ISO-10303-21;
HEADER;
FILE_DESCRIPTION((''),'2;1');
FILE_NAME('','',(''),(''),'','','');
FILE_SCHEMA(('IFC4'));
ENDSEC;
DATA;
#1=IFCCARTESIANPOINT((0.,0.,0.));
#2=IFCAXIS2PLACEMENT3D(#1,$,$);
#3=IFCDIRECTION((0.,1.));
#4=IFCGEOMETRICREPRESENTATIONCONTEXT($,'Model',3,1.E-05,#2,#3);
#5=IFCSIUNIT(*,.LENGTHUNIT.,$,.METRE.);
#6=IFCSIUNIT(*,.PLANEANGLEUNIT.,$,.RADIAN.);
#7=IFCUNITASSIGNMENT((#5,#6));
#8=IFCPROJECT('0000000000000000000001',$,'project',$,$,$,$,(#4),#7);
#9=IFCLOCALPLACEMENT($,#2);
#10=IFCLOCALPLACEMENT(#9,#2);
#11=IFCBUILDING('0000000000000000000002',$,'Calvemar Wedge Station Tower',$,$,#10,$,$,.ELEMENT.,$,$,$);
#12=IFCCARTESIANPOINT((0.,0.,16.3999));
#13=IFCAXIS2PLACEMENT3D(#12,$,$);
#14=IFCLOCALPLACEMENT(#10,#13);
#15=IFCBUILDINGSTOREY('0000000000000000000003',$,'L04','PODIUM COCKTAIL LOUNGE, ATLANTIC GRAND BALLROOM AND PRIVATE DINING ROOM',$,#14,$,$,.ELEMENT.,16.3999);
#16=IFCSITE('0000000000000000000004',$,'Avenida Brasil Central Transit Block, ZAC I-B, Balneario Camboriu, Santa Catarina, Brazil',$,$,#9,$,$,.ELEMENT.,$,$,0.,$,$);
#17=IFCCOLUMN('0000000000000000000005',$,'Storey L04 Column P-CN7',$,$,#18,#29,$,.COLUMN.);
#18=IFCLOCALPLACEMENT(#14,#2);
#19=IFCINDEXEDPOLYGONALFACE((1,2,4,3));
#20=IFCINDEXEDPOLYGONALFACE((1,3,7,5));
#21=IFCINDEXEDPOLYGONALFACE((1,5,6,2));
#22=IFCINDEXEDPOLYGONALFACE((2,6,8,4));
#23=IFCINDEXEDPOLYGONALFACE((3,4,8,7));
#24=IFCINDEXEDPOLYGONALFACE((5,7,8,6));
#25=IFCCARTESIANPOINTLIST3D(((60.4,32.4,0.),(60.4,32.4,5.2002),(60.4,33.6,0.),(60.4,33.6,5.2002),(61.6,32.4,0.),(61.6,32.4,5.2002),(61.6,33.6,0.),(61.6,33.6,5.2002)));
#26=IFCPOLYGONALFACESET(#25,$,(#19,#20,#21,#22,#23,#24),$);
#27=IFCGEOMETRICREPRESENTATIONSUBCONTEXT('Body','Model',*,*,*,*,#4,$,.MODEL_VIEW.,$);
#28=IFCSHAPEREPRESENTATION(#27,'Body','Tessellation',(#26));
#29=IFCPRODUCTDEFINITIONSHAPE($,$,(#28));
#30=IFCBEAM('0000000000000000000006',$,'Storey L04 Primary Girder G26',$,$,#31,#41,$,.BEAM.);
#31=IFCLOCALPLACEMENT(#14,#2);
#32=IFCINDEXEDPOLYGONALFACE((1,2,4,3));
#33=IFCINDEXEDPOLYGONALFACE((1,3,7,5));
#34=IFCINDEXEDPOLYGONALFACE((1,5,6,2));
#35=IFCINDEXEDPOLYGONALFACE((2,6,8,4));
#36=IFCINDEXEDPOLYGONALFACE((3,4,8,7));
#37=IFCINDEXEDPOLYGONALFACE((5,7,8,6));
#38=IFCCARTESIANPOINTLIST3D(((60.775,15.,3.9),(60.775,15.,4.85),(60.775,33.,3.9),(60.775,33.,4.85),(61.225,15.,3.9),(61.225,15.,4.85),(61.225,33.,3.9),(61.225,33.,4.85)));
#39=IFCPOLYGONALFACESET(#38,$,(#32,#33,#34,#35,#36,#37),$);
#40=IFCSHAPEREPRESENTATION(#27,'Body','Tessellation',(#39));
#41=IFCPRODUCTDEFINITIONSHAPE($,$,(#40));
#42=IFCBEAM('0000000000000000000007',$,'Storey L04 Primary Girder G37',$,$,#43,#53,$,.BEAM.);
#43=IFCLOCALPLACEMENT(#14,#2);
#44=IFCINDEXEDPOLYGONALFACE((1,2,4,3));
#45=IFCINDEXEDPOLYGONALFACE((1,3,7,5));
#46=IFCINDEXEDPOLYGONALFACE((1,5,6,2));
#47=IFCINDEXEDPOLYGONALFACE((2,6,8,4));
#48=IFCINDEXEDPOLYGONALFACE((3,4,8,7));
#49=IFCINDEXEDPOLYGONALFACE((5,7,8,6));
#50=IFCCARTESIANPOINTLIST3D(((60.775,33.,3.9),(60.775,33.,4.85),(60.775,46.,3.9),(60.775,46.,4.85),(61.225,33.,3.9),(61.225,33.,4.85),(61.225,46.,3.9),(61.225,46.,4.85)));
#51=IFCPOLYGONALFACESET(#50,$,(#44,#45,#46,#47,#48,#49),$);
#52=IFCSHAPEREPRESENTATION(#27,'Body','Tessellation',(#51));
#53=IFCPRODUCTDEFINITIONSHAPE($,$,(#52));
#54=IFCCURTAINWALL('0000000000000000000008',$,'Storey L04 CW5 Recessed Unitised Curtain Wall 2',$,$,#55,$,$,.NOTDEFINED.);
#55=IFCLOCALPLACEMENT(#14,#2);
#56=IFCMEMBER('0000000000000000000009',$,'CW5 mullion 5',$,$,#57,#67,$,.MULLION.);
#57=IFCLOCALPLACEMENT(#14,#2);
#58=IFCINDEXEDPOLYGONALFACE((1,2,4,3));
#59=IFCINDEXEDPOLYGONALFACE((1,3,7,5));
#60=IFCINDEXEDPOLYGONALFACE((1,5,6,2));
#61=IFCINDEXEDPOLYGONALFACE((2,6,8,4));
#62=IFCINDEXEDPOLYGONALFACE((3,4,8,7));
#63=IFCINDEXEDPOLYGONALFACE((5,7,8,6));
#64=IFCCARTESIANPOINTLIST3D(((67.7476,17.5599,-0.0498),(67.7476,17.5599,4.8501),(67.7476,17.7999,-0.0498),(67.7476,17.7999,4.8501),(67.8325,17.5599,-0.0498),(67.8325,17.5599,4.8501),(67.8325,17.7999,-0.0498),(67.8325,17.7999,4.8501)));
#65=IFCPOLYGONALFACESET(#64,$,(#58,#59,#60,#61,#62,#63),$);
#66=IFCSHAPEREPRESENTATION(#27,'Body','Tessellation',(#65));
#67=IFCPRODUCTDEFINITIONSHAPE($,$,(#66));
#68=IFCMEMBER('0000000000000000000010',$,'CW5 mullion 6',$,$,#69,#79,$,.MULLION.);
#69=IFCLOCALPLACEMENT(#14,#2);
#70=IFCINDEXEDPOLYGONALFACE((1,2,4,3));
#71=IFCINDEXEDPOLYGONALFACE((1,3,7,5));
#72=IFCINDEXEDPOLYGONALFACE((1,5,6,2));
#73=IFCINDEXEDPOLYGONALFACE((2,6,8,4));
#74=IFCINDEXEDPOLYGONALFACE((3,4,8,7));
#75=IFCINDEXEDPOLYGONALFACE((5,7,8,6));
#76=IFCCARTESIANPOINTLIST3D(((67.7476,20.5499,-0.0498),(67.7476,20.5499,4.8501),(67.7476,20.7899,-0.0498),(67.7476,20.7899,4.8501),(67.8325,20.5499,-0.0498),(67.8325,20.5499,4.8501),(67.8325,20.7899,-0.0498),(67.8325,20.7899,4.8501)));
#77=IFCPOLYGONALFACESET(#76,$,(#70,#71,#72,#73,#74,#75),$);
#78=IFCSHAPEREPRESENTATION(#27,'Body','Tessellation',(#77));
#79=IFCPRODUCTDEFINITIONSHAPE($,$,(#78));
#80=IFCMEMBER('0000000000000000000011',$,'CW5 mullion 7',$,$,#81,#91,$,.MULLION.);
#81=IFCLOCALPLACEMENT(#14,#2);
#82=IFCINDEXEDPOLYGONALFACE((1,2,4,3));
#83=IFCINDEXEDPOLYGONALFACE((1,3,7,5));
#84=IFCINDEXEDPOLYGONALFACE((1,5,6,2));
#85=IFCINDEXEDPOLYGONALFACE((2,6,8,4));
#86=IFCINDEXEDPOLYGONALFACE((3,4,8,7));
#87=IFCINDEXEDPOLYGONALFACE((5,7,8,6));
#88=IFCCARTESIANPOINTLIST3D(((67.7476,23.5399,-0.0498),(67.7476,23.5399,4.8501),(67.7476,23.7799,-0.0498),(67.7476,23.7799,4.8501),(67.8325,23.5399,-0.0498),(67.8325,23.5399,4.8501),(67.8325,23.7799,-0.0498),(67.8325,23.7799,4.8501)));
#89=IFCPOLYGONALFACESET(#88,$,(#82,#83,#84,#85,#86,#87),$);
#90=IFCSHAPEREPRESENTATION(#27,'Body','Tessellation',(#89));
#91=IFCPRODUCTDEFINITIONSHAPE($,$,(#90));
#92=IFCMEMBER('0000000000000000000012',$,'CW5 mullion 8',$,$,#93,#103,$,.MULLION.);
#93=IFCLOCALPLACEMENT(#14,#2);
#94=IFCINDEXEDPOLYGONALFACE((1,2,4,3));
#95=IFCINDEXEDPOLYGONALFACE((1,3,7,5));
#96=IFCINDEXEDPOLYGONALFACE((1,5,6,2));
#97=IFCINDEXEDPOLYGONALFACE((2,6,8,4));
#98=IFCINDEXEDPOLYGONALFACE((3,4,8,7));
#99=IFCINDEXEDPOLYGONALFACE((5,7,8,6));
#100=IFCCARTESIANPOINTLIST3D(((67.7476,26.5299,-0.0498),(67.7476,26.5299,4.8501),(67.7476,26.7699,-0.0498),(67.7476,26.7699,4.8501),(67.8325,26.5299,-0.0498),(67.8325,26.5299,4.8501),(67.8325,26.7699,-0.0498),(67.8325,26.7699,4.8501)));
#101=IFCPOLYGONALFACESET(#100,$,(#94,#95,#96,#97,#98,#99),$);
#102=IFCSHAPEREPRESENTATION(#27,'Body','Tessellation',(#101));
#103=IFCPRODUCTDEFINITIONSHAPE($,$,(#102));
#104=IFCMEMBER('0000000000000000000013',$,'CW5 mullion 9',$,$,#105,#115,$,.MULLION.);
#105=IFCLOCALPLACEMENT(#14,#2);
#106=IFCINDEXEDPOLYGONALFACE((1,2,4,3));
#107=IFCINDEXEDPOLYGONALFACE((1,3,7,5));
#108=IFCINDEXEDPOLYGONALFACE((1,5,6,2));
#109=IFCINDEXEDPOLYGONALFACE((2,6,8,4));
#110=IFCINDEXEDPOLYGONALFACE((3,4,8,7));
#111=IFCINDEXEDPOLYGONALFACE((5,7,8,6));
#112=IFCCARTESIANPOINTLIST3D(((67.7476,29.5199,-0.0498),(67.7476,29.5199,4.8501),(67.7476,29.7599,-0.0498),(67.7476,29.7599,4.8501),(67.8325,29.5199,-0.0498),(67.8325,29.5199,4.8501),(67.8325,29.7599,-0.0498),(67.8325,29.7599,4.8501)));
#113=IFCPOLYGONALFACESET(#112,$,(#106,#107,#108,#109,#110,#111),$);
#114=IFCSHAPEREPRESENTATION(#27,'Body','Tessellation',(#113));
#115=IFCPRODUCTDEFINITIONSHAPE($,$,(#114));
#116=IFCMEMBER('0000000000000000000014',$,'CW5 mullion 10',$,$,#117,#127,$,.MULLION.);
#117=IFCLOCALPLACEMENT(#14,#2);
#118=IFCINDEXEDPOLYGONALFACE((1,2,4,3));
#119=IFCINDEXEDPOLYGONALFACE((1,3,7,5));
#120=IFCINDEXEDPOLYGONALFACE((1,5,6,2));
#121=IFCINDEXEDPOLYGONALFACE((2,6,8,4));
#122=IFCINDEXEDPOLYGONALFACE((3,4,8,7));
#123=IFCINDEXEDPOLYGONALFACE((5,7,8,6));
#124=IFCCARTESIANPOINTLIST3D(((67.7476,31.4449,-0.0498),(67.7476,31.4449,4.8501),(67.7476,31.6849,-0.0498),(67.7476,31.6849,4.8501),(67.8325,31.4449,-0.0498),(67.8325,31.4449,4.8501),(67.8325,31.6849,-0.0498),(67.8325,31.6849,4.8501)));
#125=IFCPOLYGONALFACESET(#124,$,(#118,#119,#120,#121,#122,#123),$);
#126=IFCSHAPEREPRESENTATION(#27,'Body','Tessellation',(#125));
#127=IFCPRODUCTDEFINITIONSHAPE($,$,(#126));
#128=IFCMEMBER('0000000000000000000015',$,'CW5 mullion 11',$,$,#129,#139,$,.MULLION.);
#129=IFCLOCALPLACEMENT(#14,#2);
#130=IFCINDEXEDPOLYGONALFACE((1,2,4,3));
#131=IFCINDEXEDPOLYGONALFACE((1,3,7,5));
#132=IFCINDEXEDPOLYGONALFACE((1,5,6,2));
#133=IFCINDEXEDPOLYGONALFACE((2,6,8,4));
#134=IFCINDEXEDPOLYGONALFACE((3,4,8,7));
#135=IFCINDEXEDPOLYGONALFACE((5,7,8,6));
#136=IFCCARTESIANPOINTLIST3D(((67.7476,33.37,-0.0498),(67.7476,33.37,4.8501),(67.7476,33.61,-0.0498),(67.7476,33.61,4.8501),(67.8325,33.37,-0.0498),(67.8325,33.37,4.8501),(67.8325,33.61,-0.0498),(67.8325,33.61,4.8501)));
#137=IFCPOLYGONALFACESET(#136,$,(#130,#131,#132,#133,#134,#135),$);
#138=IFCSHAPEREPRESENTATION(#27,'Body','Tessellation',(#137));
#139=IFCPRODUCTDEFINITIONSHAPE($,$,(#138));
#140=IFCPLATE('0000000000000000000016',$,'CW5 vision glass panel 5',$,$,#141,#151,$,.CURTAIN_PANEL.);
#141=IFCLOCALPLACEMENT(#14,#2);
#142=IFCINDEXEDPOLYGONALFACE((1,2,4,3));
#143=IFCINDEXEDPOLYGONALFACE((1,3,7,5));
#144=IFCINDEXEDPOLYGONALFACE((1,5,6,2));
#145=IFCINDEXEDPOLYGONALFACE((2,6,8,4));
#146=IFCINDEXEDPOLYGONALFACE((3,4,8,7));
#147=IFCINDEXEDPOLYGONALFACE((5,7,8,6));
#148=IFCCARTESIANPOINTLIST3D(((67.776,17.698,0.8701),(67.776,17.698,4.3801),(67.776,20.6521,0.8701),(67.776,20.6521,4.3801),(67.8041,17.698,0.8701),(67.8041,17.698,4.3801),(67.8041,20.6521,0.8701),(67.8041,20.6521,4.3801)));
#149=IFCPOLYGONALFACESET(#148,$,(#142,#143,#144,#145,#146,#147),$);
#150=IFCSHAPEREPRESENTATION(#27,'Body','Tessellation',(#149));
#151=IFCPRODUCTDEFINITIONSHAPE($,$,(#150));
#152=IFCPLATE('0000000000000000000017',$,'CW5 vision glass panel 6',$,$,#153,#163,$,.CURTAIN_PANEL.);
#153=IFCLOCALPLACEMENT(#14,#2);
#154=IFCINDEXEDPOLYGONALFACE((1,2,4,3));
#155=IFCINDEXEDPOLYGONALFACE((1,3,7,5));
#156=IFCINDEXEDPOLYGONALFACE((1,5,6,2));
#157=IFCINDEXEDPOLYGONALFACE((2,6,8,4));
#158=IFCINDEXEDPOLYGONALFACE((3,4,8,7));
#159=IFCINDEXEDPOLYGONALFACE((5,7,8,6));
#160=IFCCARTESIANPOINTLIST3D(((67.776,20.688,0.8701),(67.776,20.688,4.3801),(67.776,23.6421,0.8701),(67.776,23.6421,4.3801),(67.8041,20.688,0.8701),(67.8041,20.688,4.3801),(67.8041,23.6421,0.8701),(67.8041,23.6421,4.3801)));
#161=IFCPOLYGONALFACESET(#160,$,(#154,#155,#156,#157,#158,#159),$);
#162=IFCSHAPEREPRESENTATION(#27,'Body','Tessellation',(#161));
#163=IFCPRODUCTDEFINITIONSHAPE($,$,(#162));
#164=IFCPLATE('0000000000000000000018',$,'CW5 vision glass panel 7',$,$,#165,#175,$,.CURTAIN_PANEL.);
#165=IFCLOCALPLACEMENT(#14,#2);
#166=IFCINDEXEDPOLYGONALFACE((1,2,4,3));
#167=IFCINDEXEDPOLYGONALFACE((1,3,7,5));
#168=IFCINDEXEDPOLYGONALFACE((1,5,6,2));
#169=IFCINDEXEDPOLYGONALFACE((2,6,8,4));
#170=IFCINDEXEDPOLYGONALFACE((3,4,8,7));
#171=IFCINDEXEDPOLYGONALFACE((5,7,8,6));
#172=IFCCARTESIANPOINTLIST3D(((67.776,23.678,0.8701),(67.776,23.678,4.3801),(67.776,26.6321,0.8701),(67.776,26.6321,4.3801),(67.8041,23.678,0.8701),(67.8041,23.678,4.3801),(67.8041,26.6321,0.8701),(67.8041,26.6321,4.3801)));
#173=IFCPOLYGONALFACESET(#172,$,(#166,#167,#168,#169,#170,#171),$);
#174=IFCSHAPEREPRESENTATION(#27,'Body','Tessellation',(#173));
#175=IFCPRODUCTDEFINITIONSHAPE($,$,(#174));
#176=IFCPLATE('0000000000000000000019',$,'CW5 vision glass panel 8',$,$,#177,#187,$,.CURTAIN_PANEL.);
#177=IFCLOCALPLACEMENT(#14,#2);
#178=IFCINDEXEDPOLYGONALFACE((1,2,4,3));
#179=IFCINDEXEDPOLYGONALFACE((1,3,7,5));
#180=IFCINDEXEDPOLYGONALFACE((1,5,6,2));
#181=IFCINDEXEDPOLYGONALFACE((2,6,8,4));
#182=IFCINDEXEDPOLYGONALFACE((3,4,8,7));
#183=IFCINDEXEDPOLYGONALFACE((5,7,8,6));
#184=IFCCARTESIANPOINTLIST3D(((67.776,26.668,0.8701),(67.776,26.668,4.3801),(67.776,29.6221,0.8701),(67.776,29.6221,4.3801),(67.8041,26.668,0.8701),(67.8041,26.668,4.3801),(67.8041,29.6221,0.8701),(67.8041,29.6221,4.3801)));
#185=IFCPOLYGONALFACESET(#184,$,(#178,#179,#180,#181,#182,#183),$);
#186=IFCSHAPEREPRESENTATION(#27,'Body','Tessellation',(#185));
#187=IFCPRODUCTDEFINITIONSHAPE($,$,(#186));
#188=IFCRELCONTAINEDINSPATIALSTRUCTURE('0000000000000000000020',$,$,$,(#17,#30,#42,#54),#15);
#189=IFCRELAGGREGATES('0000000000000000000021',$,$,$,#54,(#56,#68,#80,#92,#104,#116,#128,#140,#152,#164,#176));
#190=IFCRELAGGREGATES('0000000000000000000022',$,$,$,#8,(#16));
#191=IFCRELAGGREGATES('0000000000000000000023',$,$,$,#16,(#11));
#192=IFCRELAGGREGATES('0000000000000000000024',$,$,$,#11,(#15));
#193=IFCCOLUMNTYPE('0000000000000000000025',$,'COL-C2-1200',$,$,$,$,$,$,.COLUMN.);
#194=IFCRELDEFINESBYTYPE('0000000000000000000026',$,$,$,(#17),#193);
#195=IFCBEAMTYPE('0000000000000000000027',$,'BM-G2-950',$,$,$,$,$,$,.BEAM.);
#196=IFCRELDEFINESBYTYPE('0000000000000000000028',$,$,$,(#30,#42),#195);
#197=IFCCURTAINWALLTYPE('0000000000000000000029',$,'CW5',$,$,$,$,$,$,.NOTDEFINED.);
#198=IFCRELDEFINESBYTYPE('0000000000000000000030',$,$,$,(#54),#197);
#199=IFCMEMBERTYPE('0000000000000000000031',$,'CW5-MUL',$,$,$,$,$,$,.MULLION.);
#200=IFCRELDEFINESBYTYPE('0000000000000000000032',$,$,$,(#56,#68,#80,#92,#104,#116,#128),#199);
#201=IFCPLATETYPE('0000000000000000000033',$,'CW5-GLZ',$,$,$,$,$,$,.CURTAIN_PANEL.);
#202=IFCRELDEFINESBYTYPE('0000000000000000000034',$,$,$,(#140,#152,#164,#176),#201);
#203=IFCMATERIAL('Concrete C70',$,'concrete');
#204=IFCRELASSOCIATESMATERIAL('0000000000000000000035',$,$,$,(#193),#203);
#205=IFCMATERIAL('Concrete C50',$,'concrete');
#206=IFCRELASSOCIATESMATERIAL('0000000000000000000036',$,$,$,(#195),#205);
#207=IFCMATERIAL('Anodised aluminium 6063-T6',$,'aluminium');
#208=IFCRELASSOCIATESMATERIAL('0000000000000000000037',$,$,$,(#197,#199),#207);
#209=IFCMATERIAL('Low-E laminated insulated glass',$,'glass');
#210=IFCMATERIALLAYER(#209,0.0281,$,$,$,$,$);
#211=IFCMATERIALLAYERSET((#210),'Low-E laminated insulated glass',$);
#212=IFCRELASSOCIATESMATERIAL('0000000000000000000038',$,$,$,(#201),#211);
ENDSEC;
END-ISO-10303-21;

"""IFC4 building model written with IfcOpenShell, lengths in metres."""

from ifc_helpers import new_model, si_unit, direction, frame, frame_2d, origin, origin_2d, place, context, subcontext, project, spatial, rectangle, extrude, source, transform, mapped, material, layer, layer_set, material_profile, profile_set, type_object, element, aggregate, save


model = new_model("IFC4")

# Units and contexts
model_context = context("Model", 3, precision=1e-05, world=origin(), true_north=direction((0.0, 1.0)))
body_context = subcontext(model_context, "Body", "Model", "MODEL_VIEW")
ifc_project = project(units=[si_unit("LENGTHUNIT", "METRE"), si_unit("PLANEANGLEUNIT", "RADIAN")], contexts=[model_context])

# Site, building, storey
site_placement = place(None, origin())
site = spatial("IfcSite", under=ifc_project, at=site_placement, Name="Avenida Brasil Central Transit Block, ZAC I-B, Balneario Camboriu, Santa Catarina, Brazil", CompositionType="ELEMENT", RefElevation=0.0)
building_placement = place(site_placement, origin())
building = spatial("IfcBuilding", under=site, at=building_placement, Name="Calvemar Wedge Station Tower", CompositionType="ELEMENT")
storey_placement = place(building_placement, frame((0.0, 0.0, 16.3999)))
storey = spatial("IfcBuildingStorey", under=building, at=storey_placement, Name="L04", Description="PODIUM COCKTAIL LOUNGE, ATLANTIC GRAND BALLROOM AND PRIVATE DINING ROOM", CompositionType="ELEMENT", Elevation=16.3999)

# Column
ifc_material_1 = material(Name="Concrete C70", Category="concrete")
ifc_material_profile_1 = material_profile(ifc_material_1, rectangle(XDim=1.2, YDim=1.2, at=origin_2d()), Name="RC1200x1200")
ifc_profile_set_1 = profile_set([ifc_material_profile_1], Name="Concrete C70")
column_type = type_object("IfcColumnType", Name="COL-C2-1200", PredefinedType="COLUMN", material=ifc_profile_set_1)
shared_shape_1 = source(origin(), body_context, "Body", "SweptSolid", [
    extrude(rectangle(XDim=1.2, YDim=1.2, at=origin_2d()), origin(), (0.0, 0.0, 1.0), 5.2002),
])
column_placement = place(storey_placement, frame((61.0, 33.0, 0.0), z_axis=(0.0, 0.0, 1.0), x_axis=(1.0, 0.0, 0.0)))
element("IfcColumn", 1, at=column_placement, inside=storey, type_object=column_type, Name="Storey L04 Column P-CN7", PredefinedType="COLUMN", context=body_context, shape_type="MappedRepresentation", body=[
    mapped(shared_shape_1, transform((0.0, 0.0, 0.0), scale=1.0)),
])

# Beams
ifc_material_2 = material(Name="Concrete C50", Category="concrete")
ifc_material_profile_2 = material_profile(ifc_material_2, rectangle(XDim=0.45, YDim=0.95, at=origin_2d()), Name="RC450x950")
ifc_profile_set_2 = profile_set([ifc_material_profile_2], Name="Concrete C50")
beam_type = type_object("IfcBeamType", Name="BM-G2-950", PredefinedType="BEAM", material=ifc_profile_set_2)
shared_shape_2 = source(origin(), body_context, "Body", "SweptSolid", [
    extrude(rectangle(XDim=0.45, YDim=0.95, at=origin_2d()), origin(), (0.0, 0.0, 1.0), 18.0),
])
beam_1_placement = place(storey_placement, frame((61.0, 15.0, 4.375), z_axis=(0.0, 1.0, 0.0), x_axis=(-1.0, 0.0, 0.0)))
element("IfcBeam", 2, at=beam_1_placement, inside=storey, type_object=beam_type, Name="Storey L04 Primary Girder G26", PredefinedType="BEAM", context=body_context, shape_type="MappedRepresentation", body=[
    mapped(shared_shape_2, transform((0.0, 0.0, 0.0), scale=1.0)),
])
shared_shape_3 = source(origin(), body_context, "Body", "SweptSolid", [
    extrude(rectangle(XDim=0.45, YDim=0.95, at=origin_2d()), origin(), (0.0, 0.0, 1.0), 13.0),
])
beam_2_placement = place(storey_placement, frame((61.0, 33.0, 4.375), z_axis=(0.0, 1.0, 0.0), x_axis=(-1.0, 0.0, 0.0)))
element("IfcBeam", 3, at=beam_2_placement, inside=storey, type_object=beam_type, Name="Storey L04 Primary Girder G37", PredefinedType="BEAM", context=body_context, shape_type="MappedRepresentation", body=[
    mapped(shared_shape_3, transform((0.0, 0.0, 0.0), scale=1.0)),
])

# Curtain wall, members, plates
ifc_material_3 = material(Name="Anodised aluminium 6063-T6", Category="aluminium")
curtain_wall_type = type_object("IfcCurtainWallType", Name="CW5", PredefinedType="NOTDEFINED", material=ifc_material_3)
curtain_wall_placement = place(storey_placement, origin())
curtain_wall = element("IfcCurtainWall", 4, at=curtain_wall_placement, inside=storey, type_object=curtain_wall_type, Name="Storey L04 CW5 Recessed Unitised Curtain Wall 2", PredefinedType="NOTDEFINED")
ifc_material_profile_3 = material_profile(ifc_material_3, rectangle(XDim=0.085, YDim=0.24, at=origin_2d()), Name="AL-MUL-85x240")
ifc_profile_set_3 = profile_set([ifc_material_profile_3], Name="Anodised aluminium 6063-T6")
member_type = type_object("IfcMemberType", Name="CW5-MUL", PredefinedType="MULLION", material=ifc_profile_set_3)
shared_shape_4 = source(origin(), body_context, "Body", "SweptSolid", [
    extrude(rectangle(XDim=0.085, YDim=0.24, at=origin_2d()), origin(), (0.0, 0.0, 1.0), 4.8999),
])
member_1_placement = place(storey_placement, frame((67.79, 17.6799, -0.0498), z_axis=(0.0, 0.0, 1.0), x_axis=(1.0, 0.0, 0.0)))
member_1 = element("IfcMember", 5, at=member_1_placement, type_object=member_type, Name="CW5 mullion 5", PredefinedType="MULLION", context=body_context, shape_type="MappedRepresentation", body=[
    mapped(shared_shape_4, transform((0.0, 0.0, 0.0), scale=1.0)),
])
member_2_placement = place(storey_placement, frame((67.79, 20.6699, -0.0498), z_axis=(0.0, 0.0, 1.0), x_axis=(1.0, 0.0, 0.0)))
member_2 = element("IfcMember", 6, at=member_2_placement, type_object=member_type, Name="CW5 mullion 6", PredefinedType="MULLION", context=body_context, shape_type="MappedRepresentation", body=[
    mapped(shared_shape_4, transform((0.0, 0.0, 0.0), scale=1.0)),
])
member_3_placement = place(storey_placement, frame((67.79, 23.6599, -0.0498), z_axis=(0.0, 0.0, 1.0), x_axis=(1.0, 0.0, 0.0)))
member_3 = element("IfcMember", 7, at=member_3_placement, type_object=member_type, Name="CW5 mullion 7", PredefinedType="MULLION", context=body_context, shape_type="MappedRepresentation", body=[
    mapped(shared_shape_4, transform((0.0, 0.0, 0.0), scale=1.0)),
])
member_4_placement = place(storey_placement, frame((67.79, 26.6499, -0.0498), z_axis=(0.0, 0.0, 1.0), x_axis=(1.0, 0.0, 0.0)))
member_4 = element("IfcMember", 8, at=member_4_placement, type_object=member_type, Name="CW5 mullion 8", PredefinedType="MULLION", context=body_context, shape_type="MappedRepresentation", body=[
    mapped(shared_shape_4, transform((0.0, 0.0, 0.0), scale=1.0)),
])
member_5_placement = place(storey_placement, frame((67.79, 29.6399, -0.0498), z_axis=(0.0, 0.0, 1.0), x_axis=(1.0, 0.0, 0.0)))
member_5 = element("IfcMember", 9, at=member_5_placement, type_object=member_type, Name="CW5 mullion 9", PredefinedType="MULLION", context=body_context, shape_type="MappedRepresentation", body=[
    mapped(shared_shape_4, transform((0.0, 0.0, 0.0), scale=1.0)),
])
member_6_placement = place(storey_placement, frame((67.79, 31.5649, -0.0498), z_axis=(0.0, 0.0, 1.0), x_axis=(1.0, 0.0, 0.0)))
member_6 = element("IfcMember", 10, at=member_6_placement, type_object=member_type, Name="CW5 mullion 10", PredefinedType="MULLION", context=body_context, shape_type="MappedRepresentation", body=[
    mapped(shared_shape_4, transform((0.0, 0.0, 0.0), scale=1.0)),
])
member_7_placement = place(storey_placement, frame((67.79, 33.49, -0.0498), z_axis=(0.0, 0.0, 1.0), x_axis=(1.0, 0.0, 0.0)))
member_7 = element("IfcMember", 11, at=member_7_placement, type_object=member_type, Name="CW5 mullion 11", PredefinedType="MULLION", context=body_context, shape_type="MappedRepresentation", body=[
    mapped(shared_shape_4, transform((0.0, 0.0, 0.0), scale=1.0)),
])
ifc_material_4 = material(Name="Low-E laminated insulated glass", Category="glass")
ifc_layer_1 = layer(ifc_material_4, 0.0281)
ifc_layer_set_1 = layer_set([ifc_layer_1], Name="Low-E laminated insulated glass")
plate_type_1 = type_object("IfcPlateType", Name="CW5-GLZ", PredefinedType="CURTAIN_PANEL", material=ifc_layer_set_1)
plate_1_placement = place(storey_placement, frame((67.79, 17.698, 0.8701), z_axis=(0.0, 0.0, 1.0), x_axis=(0.0, 1.0, 0.0)))
plate_1 = element("IfcPlate", 12, at=plate_1_placement, type_object=plate_type_1, Name="CW5 vision glass panel 5", PredefinedType="CURTAIN_PANEL", context=body_context, shape_type="SweptSolid", body=[
    extrude(rectangle(XDim=2.9541, YDim=0.0281, at=frame_2d((1.4771, 0.0))), origin(), (0.0, 0.0, 1.0), 3.51),
])
plate_2_placement = place(storey_placement, frame((67.79, 20.688, 0.8701), z_axis=(0.0, 0.0, 1.0), x_axis=(0.0, 1.0, 0.0)))
plate_2 = element("IfcPlate", 13, at=plate_2_placement, type_object=plate_type_1, Name="CW5 vision glass panel 6", PredefinedType="CURTAIN_PANEL", context=body_context, shape_type="SweptSolid", body=[
    extrude(rectangle(XDim=2.9541, YDim=0.0281, at=frame_2d((1.4771, 0.0))), origin(), (0.0, 0.0, 1.0), 3.51),
])
plate_3_placement = place(storey_placement, frame((67.79, 23.678, 0.8701), z_axis=(0.0, 0.0, 1.0), x_axis=(0.0, 1.0, 0.0)))
plate_3 = element("IfcPlate", 14, at=plate_3_placement, type_object=plate_type_1, Name="CW5 vision glass panel 7", PredefinedType="CURTAIN_PANEL", context=body_context, shape_type="SweptSolid", body=[
    extrude(rectangle(XDim=2.9541, YDim=0.0281, at=frame_2d((1.4771, 0.0))), origin(), (0.0, 0.0, 1.0), 3.51),
])
plate_4_placement = place(storey_placement, frame((67.79, 26.668, 0.8701), z_axis=(0.0, 0.0, 1.0), x_axis=(0.0, 1.0, 0.0)))
plate_4 = element("IfcPlate", 15, at=plate_4_placement, type_object=plate_type_1, Name="CW5 vision glass panel 8", PredefinedType="CURTAIN_PANEL", context=body_context, shape_type="SweptSolid", body=[
    extrude(rectangle(XDim=2.9541, YDim=0.0281, at=frame_2d((1.4771, 0.0))), origin(), (0.0, 0.0, 1.0), 3.51),
])
aggregate(curtain_wall, [member_1, member_2, member_3, member_4, member_5, member_6, member_7, plate_1, plate_2, plate_3, plate_4])

save(model, "model.ifc")
